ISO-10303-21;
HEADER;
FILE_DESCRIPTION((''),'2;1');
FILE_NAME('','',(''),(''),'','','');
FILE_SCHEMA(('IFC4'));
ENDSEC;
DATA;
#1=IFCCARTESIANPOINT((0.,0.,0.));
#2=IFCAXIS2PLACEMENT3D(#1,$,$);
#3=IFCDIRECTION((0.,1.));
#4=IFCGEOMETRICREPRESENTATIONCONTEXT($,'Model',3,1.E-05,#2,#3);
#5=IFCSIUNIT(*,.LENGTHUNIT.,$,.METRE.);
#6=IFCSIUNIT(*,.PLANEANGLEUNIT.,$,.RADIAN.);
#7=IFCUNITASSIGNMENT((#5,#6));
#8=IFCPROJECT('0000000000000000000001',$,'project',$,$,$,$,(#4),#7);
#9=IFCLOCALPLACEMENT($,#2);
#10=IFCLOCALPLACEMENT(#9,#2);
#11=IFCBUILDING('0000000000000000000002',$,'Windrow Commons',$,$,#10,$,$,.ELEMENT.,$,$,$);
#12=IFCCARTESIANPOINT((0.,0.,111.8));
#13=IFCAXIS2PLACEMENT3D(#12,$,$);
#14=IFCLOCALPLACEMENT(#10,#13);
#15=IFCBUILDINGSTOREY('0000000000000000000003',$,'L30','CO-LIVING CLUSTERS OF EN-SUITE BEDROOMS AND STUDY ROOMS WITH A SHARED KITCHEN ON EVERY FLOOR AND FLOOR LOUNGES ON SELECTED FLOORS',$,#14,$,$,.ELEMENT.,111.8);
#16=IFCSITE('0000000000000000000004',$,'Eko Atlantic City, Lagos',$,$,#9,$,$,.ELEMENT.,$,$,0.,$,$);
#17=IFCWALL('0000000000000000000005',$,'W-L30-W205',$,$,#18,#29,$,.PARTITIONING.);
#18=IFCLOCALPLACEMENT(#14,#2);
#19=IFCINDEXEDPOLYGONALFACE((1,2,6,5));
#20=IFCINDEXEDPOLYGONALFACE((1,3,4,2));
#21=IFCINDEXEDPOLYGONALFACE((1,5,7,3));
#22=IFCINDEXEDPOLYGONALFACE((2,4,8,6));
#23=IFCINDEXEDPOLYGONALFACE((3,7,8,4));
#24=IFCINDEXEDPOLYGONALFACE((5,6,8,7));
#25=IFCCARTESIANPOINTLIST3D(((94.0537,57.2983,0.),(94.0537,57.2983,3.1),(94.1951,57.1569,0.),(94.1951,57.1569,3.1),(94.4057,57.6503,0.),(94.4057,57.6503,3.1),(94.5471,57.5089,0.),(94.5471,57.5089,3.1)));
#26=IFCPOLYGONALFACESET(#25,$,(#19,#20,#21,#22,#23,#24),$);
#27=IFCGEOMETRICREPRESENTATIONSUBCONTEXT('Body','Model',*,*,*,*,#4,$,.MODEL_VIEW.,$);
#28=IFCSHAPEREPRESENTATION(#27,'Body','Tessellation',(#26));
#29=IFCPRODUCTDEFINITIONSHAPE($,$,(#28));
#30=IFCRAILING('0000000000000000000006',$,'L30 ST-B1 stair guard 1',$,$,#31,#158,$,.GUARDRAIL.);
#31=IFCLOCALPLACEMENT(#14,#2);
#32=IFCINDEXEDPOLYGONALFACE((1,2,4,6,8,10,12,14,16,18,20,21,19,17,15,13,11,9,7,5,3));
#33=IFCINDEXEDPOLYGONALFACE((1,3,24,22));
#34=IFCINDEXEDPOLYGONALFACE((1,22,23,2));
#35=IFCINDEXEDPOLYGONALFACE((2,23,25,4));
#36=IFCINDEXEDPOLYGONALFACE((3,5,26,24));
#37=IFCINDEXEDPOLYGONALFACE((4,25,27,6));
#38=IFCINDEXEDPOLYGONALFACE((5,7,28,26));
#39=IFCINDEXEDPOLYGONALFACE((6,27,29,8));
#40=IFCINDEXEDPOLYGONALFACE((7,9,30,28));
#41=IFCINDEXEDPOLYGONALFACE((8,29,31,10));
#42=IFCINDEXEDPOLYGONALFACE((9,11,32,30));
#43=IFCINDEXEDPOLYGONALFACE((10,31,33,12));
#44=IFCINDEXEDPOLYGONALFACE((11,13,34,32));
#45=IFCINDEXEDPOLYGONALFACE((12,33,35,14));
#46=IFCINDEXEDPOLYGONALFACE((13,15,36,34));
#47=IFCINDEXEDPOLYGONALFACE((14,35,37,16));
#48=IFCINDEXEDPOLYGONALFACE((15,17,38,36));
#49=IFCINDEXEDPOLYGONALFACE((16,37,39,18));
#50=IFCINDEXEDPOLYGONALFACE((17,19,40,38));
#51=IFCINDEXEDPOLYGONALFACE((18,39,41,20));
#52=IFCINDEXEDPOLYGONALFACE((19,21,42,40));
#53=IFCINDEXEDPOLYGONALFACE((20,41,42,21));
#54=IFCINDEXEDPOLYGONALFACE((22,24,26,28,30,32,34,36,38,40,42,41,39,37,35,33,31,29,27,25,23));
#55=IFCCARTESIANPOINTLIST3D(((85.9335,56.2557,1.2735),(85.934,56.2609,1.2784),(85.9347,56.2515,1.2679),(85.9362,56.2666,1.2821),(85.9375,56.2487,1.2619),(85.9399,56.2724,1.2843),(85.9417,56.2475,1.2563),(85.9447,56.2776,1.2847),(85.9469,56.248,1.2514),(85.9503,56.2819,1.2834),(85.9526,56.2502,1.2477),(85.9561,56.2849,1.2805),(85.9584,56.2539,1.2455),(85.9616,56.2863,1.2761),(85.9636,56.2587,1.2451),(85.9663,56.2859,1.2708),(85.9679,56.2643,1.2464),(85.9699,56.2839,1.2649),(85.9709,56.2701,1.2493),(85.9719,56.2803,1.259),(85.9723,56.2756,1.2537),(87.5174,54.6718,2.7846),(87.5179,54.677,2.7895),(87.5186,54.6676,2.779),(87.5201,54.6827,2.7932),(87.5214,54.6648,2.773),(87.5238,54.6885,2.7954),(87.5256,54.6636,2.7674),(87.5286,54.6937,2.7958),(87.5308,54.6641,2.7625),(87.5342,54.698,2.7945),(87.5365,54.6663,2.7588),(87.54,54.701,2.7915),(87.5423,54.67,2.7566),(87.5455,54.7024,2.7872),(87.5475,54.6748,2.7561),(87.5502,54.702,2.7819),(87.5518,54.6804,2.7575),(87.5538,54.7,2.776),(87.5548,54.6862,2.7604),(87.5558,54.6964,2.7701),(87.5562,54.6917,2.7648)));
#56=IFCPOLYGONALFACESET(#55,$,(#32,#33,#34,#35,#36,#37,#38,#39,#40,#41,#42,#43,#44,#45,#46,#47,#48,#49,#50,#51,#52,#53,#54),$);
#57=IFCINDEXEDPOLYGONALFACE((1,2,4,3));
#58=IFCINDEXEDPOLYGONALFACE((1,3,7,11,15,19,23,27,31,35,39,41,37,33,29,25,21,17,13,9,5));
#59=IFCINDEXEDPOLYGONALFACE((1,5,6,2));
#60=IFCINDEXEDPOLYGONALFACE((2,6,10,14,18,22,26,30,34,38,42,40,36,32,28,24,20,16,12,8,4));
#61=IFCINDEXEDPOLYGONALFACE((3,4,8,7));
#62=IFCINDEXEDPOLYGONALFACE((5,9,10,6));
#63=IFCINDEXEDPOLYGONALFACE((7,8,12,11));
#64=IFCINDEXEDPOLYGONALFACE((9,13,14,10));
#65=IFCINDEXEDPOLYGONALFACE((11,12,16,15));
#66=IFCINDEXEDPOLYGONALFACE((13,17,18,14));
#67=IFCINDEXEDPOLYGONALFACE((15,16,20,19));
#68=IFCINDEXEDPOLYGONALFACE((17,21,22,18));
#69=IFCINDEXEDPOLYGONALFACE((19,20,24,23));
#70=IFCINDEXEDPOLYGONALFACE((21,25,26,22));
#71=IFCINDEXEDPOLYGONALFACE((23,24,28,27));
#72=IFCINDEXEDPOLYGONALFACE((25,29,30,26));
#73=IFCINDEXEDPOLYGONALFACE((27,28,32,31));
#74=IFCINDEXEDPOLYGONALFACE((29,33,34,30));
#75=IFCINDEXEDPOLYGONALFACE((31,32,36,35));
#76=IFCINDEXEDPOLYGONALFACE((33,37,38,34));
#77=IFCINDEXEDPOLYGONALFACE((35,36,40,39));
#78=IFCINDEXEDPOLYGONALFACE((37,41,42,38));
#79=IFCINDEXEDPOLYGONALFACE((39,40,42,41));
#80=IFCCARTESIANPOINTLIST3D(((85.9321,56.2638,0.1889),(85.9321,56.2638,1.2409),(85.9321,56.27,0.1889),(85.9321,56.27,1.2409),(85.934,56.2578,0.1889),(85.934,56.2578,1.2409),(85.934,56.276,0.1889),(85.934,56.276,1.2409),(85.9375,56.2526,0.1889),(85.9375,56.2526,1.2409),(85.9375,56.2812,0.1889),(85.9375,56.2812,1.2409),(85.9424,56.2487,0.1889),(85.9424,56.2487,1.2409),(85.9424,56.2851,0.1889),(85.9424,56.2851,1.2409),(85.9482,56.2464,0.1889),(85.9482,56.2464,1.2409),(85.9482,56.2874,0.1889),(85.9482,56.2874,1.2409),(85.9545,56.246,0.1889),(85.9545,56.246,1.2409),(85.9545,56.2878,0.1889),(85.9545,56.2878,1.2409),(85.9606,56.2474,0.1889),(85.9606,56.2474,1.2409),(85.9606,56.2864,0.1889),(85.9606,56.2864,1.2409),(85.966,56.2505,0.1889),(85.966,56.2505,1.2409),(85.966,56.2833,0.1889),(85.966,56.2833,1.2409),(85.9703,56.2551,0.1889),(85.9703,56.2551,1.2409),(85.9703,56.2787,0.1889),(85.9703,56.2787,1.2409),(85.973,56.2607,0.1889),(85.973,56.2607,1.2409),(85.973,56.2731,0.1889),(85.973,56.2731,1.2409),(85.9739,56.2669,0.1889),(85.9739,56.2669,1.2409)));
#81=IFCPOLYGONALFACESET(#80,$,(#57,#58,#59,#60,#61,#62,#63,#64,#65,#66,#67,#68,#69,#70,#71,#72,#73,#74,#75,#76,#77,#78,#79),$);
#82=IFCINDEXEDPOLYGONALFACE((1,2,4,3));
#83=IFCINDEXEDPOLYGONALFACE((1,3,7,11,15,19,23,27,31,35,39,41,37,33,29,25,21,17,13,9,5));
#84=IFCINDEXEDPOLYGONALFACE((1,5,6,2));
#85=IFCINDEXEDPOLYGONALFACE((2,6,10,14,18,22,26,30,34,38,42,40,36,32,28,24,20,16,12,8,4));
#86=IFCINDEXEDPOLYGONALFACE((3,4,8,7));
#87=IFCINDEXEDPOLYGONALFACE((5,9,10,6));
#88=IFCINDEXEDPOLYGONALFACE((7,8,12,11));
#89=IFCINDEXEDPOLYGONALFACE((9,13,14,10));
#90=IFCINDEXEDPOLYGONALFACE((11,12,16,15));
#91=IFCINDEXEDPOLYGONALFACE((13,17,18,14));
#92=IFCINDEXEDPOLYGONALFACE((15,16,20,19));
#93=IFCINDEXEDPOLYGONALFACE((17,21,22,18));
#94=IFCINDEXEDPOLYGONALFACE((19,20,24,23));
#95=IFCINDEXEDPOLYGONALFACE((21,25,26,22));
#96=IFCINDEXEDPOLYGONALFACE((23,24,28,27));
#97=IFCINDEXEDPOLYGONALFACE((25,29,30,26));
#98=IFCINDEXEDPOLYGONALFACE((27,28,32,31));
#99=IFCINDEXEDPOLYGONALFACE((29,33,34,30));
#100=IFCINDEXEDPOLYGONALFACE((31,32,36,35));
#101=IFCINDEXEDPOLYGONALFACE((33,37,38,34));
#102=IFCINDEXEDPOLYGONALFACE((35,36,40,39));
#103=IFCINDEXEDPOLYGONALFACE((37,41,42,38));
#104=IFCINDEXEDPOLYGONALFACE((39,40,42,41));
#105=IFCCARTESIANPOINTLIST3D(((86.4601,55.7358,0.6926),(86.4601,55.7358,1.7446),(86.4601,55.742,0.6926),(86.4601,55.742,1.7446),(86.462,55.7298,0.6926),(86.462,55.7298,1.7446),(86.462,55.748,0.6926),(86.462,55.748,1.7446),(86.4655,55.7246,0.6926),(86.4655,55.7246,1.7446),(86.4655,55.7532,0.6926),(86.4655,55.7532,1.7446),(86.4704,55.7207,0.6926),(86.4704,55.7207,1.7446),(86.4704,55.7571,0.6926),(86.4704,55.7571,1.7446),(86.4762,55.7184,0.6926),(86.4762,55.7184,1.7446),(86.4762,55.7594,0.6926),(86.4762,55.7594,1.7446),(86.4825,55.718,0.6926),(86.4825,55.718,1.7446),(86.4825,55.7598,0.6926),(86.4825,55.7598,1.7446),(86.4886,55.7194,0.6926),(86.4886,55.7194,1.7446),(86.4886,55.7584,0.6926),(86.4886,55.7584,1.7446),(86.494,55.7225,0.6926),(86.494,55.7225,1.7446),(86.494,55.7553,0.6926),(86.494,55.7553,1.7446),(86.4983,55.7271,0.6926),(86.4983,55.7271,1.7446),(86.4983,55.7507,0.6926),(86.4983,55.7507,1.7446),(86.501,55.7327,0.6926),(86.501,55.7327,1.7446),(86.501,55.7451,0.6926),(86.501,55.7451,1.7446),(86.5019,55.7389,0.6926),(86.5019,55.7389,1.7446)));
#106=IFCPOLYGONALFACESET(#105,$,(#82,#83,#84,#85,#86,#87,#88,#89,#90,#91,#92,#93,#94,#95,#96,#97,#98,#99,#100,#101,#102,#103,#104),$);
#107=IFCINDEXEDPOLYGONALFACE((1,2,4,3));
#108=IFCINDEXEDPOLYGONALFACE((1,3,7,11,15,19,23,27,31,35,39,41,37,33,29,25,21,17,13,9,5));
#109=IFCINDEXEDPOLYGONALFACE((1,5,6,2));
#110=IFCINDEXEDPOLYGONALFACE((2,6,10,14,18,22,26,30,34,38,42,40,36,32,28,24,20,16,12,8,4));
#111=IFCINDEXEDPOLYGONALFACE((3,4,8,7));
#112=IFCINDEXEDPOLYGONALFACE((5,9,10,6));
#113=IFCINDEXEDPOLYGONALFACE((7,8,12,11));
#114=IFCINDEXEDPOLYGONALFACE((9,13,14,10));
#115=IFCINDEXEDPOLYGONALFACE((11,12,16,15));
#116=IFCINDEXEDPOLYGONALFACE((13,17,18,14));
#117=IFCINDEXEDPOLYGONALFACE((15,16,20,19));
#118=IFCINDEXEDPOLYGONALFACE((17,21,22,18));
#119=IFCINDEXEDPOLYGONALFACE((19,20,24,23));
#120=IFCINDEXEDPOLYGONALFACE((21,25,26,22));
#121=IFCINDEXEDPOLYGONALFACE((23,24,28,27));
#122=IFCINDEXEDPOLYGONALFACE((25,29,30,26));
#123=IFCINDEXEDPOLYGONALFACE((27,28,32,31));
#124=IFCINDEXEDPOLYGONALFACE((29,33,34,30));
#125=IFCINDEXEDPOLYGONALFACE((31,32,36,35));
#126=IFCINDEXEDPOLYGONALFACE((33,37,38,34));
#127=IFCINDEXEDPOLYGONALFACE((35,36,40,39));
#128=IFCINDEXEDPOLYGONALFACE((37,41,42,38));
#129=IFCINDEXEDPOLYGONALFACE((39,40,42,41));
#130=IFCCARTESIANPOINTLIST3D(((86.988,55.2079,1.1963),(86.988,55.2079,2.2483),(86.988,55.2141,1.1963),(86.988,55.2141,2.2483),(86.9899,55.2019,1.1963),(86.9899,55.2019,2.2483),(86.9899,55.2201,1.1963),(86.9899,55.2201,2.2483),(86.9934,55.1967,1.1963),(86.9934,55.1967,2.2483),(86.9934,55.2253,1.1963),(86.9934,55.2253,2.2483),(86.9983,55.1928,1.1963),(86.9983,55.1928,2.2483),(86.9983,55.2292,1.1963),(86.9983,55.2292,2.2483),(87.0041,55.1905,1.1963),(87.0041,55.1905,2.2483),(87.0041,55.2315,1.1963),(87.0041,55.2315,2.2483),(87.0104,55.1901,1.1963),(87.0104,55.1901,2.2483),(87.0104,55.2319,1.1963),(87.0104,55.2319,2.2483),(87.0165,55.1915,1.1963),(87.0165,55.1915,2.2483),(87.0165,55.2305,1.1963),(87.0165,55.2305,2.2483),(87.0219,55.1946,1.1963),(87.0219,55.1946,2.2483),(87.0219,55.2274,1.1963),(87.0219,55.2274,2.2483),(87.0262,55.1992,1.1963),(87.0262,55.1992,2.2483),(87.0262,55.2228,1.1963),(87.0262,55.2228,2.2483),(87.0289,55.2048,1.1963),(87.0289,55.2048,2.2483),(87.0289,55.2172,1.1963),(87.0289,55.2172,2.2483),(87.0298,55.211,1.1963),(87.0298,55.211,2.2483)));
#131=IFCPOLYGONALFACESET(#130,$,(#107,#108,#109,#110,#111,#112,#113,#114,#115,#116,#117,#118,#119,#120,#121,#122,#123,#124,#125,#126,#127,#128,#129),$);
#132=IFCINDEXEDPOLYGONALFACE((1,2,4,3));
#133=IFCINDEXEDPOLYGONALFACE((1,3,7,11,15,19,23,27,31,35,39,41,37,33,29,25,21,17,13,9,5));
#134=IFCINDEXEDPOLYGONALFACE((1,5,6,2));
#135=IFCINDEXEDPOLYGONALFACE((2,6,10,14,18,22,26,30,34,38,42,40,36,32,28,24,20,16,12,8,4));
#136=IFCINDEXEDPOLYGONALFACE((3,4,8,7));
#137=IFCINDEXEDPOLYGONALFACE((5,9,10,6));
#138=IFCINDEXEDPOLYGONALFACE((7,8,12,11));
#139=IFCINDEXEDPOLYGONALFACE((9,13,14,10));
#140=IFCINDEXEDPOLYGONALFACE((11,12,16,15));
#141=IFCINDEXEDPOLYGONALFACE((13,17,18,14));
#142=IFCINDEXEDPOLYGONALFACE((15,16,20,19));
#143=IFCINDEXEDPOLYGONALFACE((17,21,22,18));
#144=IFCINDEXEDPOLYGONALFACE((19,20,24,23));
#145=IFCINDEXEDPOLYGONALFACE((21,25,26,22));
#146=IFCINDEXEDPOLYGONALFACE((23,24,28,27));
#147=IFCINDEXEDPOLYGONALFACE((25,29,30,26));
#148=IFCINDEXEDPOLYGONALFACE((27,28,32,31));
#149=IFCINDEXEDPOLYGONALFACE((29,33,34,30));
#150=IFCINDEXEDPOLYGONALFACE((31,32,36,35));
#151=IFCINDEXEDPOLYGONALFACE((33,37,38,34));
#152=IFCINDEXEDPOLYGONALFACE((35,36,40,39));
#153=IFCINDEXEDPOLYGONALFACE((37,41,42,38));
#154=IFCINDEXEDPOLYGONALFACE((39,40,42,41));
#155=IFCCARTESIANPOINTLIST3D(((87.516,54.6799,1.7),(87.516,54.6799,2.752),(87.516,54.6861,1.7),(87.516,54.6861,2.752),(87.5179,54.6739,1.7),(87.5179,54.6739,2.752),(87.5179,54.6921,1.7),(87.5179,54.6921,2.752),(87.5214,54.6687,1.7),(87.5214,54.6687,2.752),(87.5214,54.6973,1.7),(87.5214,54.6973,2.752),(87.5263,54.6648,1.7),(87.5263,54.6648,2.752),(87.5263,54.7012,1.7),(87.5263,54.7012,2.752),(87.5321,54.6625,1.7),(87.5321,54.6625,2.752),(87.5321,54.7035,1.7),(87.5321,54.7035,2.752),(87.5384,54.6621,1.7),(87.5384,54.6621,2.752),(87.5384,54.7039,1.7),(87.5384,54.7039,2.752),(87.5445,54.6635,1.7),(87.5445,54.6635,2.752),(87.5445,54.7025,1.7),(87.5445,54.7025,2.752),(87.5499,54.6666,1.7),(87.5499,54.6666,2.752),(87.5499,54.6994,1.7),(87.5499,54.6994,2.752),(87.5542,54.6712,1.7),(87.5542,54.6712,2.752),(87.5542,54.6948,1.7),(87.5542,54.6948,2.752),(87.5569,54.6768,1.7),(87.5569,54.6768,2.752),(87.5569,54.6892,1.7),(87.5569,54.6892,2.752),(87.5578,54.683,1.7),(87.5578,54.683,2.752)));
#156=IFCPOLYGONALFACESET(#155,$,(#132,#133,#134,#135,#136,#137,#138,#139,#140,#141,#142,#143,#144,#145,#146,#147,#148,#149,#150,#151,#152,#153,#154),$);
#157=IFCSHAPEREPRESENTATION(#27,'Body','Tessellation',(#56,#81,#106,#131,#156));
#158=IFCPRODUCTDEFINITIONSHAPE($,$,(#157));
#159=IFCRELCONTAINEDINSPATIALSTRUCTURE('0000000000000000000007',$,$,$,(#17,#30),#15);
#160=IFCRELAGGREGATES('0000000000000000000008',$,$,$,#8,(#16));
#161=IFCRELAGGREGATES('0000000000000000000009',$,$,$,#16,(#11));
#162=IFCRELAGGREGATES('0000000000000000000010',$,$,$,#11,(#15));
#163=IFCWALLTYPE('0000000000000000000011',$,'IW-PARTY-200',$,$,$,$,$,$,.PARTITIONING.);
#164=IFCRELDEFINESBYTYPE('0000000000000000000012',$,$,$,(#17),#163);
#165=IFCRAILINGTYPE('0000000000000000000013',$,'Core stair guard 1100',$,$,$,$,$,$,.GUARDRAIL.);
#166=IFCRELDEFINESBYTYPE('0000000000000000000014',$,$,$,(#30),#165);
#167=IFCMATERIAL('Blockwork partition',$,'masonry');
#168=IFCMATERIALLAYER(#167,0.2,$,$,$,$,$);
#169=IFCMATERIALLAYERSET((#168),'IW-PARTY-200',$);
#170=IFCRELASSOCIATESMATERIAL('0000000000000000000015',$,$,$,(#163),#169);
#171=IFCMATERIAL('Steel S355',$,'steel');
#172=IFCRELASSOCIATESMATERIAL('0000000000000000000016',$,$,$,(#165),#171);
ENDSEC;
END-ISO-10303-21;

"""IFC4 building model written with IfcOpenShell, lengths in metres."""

from ifc_helpers import new_model, si_unit, direction, frame, frame_2d, origin, origin_2d, place, context, subcontext, project, spatial, rectangle, circle, extrude, material, layer, layer_set, type_object, element, save


model = new_model("IFC4")

# Units and contexts
model_context = context("Model", 3, precision=1e-05, world=origin(), true_north=direction((0.0, 1.0)))
body_context = subcontext(model_context, "Body", "Model", "MODEL_VIEW")
ifc_project = project(units=[si_unit("LENGTHUNIT", "METRE"), si_unit("PLANEANGLEUNIT", "RADIAN")], contexts=[model_context])

# Site, building, storey
site_placement = place(None, origin())
site = spatial("IfcSite", under=ifc_project, at=site_placement, Name="Eko Atlantic City, Lagos", CompositionType="ELEMENT", RefElevation=0.0)
building_placement = place(site_placement, origin())
building = spatial("IfcBuilding", under=site, at=building_placement, Name="Windrow Commons", CompositionType="ELEMENT")
storey_placement = place(building_placement, frame((0.0, 0.0, 111.8)))
storey = spatial("IfcBuildingStorey", under=building, at=storey_placement, Name="L30", Description="CO-LIVING CLUSTERS OF EN-SUITE BEDROOMS AND STUDY ROOMS WITH A SHARED KITCHEN ON EVERY FLOOR AND FLOOR LOUNGES ON SELECTED FLOORS", CompositionType="ELEMENT", Elevation=111.8)

# Wall
ifc_material_1 = material(Name="Blockwork partition", Category="masonry")
ifc_layer_1 = layer(ifc_material_1, 0.2)
ifc_layer_set_1 = layer_set([ifc_layer_1], Name="IW-PARTY-200")
wall_type_1 = type_object("IfcWallType", Name="IW-PARTY-200", PredefinedType="PARTITIONING", material=ifc_layer_set_1)
for number, where, z_axis, x_axis, name in (
    (1, (94.1244, 57.2276, 0.0), (0.0, 0.0, 1.0), (0.707107, 0.707107, 0.0), "W-L30-W205"),
):
    element("IfcWall", number, at=place(storey_placement, frame(where, z_axis=z_axis, x_axis=x_axis)), inside=storey, type_object=wall_type_1, Name=name, PredefinedType="PARTITIONING", context=body_context, shape_type="SweptSolid", body=[
        extrude(rectangle(XDim=0.4978, YDim=0.2, at=frame_2d((0.2489, 0.0))), origin(), (0.0, 0.0, 1.0), 3.1),
    ])

# Railing
ifc_material_2 = material(Name="Steel S355", Category="steel")
railing_type_1 = type_object("IfcRailingType", Name="Core stair guard 1100", PredefinedType="GUARDRAIL", material=ifc_material_2)
railing_1_placement = place(storey_placement, frame((85.9529, 56.2669, 0.1889)))
element("IfcRailing", 2, at=railing_1_placement, inside=storey, type_object=railing_type_1, Name="L30 ST-B1 stair guard 1", PredefinedType="GUARDRAIL", context=body_context, shape_type="SweptSolid", body=[
    extrude(circle(Radius=0.024, at=origin_2d()), frame((0.0, 0.0, 1.076), z_axis=(0.586191, -0.586191, 0.559249), x_axis=(0.707107, 0.707107, 0.0)), (0.0, 0.0, 1.0), 2.702),
    extrude(circle(Radius=0.021, at=origin_2d()), origin(), (0.0, 0.0, 1.0), 1.052),
    extrude(circle(Radius=0.021, at=origin_2d()), frame((0.528, -0.528, 0.5037)), (0.0, 0.0, 1.0), 1.052),
    extrude(circle(Radius=0.021, at=origin_2d()), frame((1.0559, -1.0559, 1.0074)), (0.0, 0.0, 1.0), 1.052),
    extrude(circle(Radius=0.021, at=origin_2d()), frame((1.5839, -1.5839, 1.5111)), (0.0, 0.0, 1.0), 1.052),
])

save(model, "model.ifc")
